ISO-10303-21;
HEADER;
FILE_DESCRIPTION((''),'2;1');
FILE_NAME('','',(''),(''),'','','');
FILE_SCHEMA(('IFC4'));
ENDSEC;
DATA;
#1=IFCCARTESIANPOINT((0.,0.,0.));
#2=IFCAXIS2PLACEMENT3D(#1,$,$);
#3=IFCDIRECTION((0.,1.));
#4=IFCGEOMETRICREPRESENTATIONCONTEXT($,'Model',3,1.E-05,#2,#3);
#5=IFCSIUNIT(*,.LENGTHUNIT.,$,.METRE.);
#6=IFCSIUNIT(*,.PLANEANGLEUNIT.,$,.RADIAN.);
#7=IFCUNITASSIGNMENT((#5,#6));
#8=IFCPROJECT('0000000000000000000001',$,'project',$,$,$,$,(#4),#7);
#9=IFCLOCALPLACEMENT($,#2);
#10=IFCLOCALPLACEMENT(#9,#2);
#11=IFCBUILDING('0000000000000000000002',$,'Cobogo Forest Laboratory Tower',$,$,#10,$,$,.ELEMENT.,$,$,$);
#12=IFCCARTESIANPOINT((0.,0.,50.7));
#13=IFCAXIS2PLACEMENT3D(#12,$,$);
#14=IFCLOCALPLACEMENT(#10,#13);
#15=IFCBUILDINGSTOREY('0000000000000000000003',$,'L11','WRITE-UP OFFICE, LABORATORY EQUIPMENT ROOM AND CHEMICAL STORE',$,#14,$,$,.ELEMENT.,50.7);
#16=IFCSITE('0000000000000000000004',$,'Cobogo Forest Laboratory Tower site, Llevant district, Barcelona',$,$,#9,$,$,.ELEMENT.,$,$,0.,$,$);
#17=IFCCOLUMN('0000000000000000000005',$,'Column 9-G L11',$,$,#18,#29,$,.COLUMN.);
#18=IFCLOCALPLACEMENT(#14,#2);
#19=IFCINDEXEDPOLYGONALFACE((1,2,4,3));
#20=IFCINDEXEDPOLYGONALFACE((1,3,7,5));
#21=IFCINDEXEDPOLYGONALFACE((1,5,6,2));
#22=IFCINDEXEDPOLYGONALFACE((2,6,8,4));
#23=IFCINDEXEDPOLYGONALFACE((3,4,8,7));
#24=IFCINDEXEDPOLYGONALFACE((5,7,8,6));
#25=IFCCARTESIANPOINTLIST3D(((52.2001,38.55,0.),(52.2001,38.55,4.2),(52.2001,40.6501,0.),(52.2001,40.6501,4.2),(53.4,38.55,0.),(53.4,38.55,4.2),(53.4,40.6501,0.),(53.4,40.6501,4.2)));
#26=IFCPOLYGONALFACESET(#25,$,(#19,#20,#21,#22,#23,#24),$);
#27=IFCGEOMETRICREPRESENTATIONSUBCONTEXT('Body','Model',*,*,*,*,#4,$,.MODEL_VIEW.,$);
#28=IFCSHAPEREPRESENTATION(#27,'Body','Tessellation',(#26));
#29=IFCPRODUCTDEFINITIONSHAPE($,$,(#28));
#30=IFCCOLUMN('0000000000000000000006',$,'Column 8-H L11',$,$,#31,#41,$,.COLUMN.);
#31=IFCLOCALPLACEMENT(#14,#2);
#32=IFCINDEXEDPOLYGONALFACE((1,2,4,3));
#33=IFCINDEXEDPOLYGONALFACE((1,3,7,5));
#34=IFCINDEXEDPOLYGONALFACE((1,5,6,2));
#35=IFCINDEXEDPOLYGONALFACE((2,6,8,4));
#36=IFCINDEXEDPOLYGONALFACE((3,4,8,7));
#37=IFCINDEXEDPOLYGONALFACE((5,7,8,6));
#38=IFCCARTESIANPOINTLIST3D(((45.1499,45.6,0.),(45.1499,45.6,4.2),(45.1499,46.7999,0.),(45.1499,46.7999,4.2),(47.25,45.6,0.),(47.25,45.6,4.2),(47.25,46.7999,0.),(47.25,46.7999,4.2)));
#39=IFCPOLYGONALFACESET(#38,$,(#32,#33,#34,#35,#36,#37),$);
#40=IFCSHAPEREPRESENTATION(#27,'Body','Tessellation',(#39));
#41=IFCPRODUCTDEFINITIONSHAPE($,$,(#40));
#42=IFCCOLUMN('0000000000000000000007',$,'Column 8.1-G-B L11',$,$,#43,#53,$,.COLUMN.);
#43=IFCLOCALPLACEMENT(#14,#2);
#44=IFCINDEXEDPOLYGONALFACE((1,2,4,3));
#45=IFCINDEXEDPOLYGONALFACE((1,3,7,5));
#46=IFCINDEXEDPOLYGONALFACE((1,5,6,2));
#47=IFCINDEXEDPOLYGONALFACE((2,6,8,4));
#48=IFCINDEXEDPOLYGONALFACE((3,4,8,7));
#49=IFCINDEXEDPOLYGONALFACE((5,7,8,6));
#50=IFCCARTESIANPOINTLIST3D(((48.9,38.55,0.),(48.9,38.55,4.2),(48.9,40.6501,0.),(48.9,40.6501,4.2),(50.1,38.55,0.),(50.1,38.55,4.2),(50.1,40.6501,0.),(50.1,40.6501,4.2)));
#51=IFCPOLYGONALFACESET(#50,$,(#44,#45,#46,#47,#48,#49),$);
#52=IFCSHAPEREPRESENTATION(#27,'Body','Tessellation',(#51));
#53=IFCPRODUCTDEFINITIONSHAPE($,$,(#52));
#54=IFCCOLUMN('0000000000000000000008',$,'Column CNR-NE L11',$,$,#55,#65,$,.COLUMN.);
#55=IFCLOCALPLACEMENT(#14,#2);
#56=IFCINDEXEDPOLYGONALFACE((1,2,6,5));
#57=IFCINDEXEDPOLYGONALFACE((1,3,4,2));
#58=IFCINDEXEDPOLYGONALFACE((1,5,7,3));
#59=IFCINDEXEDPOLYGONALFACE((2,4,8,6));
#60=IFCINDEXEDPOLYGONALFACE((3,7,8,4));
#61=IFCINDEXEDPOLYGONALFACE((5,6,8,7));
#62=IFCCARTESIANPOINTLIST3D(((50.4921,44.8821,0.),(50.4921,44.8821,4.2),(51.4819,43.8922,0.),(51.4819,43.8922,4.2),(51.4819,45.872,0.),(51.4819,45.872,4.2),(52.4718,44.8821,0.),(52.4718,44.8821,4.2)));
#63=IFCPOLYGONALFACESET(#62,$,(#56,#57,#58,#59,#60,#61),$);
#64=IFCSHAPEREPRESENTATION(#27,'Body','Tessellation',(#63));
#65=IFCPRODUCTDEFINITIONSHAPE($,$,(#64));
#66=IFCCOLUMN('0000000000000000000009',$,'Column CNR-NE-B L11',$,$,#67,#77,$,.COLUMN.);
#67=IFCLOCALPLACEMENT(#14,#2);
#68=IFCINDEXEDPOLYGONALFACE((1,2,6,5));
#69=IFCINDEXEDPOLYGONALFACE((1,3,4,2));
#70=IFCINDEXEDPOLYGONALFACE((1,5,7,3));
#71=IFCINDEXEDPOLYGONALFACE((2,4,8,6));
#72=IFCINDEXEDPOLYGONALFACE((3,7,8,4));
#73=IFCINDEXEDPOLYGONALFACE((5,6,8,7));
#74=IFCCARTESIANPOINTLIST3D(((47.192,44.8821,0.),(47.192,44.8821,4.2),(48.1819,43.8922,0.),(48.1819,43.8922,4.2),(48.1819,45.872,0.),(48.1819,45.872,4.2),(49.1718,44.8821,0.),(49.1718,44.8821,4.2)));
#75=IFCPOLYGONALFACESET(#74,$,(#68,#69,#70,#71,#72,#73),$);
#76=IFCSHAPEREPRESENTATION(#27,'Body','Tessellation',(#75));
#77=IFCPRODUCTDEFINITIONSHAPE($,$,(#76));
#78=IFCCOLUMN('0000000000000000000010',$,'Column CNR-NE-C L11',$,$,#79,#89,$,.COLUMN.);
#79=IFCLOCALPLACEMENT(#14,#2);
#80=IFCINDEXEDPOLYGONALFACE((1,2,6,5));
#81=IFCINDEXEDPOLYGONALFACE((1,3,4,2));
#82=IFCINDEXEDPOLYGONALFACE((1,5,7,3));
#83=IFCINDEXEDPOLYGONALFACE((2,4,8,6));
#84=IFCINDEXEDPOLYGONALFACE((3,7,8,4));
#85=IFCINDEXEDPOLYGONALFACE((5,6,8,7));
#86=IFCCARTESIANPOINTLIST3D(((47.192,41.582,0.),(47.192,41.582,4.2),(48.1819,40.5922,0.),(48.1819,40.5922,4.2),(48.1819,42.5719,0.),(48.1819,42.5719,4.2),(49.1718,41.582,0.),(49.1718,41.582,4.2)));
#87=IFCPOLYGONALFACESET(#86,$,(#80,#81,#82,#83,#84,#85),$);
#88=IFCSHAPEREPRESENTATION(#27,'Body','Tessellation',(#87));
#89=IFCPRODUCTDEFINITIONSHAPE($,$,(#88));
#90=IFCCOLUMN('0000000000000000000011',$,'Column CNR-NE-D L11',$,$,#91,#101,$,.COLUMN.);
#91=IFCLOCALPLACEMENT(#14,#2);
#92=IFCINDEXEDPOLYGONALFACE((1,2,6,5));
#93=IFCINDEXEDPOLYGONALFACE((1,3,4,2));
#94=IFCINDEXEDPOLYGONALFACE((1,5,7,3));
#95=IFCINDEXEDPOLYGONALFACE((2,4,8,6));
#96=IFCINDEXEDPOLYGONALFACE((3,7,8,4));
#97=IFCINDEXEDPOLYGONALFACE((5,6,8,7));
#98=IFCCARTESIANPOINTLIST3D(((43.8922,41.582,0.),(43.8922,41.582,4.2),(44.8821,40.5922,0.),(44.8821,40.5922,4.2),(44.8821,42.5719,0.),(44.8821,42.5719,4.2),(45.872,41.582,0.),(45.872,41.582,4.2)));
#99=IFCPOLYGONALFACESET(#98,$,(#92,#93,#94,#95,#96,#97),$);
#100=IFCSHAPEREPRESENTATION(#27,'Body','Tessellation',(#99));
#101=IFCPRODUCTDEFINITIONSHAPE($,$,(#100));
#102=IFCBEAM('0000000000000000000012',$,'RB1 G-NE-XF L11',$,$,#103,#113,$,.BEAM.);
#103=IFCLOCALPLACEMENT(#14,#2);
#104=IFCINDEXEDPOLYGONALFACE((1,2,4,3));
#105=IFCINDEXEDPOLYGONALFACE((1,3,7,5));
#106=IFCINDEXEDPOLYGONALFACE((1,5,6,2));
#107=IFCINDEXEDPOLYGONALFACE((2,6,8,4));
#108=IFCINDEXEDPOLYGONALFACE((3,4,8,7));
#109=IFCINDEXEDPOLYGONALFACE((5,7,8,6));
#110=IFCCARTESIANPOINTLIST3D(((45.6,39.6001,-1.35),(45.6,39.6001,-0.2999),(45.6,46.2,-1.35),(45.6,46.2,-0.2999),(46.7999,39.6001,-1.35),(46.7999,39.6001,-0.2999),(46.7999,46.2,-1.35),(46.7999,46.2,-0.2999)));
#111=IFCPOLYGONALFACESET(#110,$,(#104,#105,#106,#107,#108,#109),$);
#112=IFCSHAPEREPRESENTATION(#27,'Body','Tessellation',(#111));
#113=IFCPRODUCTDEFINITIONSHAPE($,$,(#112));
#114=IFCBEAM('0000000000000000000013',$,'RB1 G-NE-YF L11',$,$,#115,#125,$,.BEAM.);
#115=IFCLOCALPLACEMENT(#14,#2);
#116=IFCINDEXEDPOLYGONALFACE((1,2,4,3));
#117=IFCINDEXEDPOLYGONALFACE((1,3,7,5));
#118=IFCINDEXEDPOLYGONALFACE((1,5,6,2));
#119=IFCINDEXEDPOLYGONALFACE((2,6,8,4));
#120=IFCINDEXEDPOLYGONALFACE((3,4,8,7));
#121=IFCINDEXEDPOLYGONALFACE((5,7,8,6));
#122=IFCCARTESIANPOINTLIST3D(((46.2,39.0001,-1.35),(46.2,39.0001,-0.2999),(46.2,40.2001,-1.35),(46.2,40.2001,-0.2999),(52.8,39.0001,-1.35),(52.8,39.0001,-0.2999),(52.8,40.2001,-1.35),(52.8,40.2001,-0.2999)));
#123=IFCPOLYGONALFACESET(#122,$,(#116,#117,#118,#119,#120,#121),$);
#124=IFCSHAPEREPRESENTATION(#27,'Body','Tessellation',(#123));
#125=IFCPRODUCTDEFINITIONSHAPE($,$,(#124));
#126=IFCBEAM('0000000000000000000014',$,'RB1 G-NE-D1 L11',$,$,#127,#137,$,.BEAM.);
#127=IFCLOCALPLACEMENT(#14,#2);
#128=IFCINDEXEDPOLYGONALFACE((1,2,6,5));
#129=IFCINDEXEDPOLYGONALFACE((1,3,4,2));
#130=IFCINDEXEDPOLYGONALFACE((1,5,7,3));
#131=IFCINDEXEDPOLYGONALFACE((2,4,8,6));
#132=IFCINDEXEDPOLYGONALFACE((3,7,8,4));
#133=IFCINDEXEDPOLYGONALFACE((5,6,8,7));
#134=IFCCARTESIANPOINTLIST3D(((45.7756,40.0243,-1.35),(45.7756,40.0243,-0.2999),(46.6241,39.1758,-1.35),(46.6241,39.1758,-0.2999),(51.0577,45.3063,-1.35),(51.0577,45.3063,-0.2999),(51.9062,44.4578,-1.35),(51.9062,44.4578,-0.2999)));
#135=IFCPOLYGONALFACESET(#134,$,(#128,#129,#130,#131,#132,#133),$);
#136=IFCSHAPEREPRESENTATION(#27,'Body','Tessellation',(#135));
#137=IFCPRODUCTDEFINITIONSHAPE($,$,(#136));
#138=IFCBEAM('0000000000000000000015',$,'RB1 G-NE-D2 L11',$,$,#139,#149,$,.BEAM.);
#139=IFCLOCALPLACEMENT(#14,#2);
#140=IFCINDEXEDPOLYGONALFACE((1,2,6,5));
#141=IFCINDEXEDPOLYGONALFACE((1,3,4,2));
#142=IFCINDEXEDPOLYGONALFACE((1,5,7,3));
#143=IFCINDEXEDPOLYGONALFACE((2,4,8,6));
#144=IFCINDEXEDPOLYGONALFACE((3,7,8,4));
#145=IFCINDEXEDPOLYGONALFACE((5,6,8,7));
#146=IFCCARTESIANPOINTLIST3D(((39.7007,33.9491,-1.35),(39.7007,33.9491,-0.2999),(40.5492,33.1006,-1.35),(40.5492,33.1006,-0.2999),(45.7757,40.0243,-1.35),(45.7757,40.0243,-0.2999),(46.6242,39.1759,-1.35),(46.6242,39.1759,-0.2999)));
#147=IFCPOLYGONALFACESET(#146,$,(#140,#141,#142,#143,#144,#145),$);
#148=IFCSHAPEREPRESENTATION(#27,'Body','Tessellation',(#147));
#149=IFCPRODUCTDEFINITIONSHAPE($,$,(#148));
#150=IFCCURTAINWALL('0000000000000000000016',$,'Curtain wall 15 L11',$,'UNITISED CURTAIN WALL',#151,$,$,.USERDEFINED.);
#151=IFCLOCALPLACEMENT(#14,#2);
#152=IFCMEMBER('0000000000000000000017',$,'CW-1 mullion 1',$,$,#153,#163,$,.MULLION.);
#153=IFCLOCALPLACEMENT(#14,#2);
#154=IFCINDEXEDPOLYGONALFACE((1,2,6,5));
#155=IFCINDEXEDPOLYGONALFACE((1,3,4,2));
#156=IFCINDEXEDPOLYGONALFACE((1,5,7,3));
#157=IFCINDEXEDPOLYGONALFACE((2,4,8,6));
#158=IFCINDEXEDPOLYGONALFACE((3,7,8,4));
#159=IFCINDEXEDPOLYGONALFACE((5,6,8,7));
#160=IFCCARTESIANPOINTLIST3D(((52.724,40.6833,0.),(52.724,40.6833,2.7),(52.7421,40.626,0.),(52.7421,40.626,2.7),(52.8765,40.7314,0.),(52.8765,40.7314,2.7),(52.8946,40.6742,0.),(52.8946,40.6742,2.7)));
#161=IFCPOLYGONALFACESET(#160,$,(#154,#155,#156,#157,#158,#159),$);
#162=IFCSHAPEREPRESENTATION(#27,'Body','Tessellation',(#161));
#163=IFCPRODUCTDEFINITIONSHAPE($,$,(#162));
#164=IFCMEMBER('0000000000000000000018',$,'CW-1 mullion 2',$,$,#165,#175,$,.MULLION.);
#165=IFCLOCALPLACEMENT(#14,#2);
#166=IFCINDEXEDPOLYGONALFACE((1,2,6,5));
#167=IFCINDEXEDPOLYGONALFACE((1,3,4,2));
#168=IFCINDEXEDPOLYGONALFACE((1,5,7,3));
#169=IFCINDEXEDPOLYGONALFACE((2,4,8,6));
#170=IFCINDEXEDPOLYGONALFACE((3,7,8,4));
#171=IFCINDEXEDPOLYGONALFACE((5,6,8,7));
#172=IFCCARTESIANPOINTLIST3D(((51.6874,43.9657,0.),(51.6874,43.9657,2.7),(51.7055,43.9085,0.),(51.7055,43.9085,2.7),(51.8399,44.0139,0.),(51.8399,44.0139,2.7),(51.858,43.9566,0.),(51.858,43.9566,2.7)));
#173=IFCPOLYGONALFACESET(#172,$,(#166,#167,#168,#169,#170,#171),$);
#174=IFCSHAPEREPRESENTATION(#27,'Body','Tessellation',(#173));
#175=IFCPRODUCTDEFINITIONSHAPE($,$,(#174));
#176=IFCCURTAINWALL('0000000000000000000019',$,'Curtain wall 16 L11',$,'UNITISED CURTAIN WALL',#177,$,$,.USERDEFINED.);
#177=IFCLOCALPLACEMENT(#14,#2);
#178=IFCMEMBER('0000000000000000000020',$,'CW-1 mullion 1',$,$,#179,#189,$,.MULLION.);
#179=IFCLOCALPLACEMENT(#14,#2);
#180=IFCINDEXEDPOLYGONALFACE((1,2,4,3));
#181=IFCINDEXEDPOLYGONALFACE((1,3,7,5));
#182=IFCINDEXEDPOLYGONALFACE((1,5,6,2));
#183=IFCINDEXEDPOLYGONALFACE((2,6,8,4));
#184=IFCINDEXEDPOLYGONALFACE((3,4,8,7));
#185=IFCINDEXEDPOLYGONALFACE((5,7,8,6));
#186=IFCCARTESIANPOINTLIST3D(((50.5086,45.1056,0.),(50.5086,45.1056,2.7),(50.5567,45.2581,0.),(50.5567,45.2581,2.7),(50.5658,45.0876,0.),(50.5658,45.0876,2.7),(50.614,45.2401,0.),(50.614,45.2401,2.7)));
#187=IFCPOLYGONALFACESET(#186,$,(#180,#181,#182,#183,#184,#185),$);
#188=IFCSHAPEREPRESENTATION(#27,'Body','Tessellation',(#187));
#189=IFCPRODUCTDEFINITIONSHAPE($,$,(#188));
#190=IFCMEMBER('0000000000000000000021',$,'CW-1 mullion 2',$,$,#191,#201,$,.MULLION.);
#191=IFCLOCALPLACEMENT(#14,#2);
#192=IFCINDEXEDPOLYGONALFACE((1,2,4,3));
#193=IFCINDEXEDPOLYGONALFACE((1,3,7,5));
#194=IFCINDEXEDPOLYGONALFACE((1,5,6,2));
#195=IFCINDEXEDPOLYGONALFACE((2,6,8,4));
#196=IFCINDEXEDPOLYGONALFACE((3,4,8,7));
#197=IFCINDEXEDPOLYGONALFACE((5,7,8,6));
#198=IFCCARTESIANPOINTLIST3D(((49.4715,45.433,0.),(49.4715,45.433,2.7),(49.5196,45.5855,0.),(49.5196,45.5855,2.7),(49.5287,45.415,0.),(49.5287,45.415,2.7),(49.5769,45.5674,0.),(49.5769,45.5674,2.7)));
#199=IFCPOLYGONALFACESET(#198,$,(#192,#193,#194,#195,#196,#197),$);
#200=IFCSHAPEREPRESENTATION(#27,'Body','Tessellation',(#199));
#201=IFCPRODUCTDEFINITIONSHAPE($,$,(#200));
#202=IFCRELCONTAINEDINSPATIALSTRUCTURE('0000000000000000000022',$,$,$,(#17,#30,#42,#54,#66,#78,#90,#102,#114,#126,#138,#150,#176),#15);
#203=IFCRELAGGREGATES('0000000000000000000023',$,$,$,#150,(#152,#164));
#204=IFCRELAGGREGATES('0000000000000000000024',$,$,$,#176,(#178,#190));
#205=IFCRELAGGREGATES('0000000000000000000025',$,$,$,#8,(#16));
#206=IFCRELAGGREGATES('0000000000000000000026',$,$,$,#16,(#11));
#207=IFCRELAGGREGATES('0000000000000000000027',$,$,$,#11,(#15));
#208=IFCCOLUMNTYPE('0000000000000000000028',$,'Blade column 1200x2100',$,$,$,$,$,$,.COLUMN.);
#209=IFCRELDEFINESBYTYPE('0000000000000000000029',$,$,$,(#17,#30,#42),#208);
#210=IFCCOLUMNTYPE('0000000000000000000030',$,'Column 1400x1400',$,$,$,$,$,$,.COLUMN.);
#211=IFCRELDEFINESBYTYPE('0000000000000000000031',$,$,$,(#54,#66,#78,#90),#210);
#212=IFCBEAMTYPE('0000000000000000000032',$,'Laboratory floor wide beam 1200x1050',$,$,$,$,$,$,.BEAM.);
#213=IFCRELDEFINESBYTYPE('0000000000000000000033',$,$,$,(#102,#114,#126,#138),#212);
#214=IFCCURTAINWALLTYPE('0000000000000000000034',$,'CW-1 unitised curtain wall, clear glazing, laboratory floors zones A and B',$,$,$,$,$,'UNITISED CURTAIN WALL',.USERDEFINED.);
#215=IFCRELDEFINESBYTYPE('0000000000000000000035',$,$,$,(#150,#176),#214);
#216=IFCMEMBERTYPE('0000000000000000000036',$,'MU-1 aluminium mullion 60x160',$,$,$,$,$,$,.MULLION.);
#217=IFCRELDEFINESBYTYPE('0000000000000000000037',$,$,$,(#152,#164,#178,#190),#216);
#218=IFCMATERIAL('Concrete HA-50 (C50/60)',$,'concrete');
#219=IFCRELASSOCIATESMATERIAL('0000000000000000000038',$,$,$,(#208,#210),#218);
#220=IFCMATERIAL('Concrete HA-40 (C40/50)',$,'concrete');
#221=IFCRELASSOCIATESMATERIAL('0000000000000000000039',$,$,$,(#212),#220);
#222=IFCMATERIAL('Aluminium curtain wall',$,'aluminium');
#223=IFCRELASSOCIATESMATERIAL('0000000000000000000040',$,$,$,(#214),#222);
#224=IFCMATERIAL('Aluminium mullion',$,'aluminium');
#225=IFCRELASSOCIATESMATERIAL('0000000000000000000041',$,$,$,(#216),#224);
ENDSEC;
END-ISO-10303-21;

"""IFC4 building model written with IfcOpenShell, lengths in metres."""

from ifc_helpers import new_model, si_unit, direction, frame, origin, origin_2d, place, context, subcontext, project, spatial, rectangle, extrude, material, material_profile, profile_set, type_object, element, aggregate, save


model = new_model("IFC4")

# Units and contexts
model_context = context("Model", 3, precision=1e-05, world=origin(), true_north=direction((0.0, 1.0)))
body_context = subcontext(model_context, "Body", "Model", "MODEL_VIEW")
ifc_project = project(units=[si_unit("LENGTHUNIT", "METRE"), si_unit("PLANEANGLEUNIT", "RADIAN")], contexts=[model_context])

# Site, building, storey
site_placement = place(None, origin())
site = spatial("IfcSite", under=ifc_project, at=site_placement, Name="Cobogo Forest Laboratory Tower site, Llevant district, Barcelona", CompositionType="ELEMENT", RefElevation=0.0)
building_placement = place(site_placement, origin())
building = spatial("IfcBuilding", under=site, at=building_placement, Name="Cobogo Forest Laboratory Tower", CompositionType="ELEMENT")
storey_placement = place(building_placement, frame((0.0, 0.0, 50.7)))
storey = spatial("IfcBuildingStorey", under=building, at=storey_placement, Name="L11", Description="WRITE-UP OFFICE, LABORATORY EQUIPMENT ROOM AND CHEMICAL STORE", CompositionType="ELEMENT", Elevation=50.7)

# Columns
ifc_material_1 = material(Name="Concrete HA-50 (C50/60)", Category="concrete")
ifc_material_profile_1 = material_profile(ifc_material_1, rectangle(XDim=2.1001, YDim=1.2, at=origin_2d()), Name="RC 1200x2100")
ifc_profile_set_1 = profile_set([ifc_material_profile_1], Name="Concrete HA-50 (C50/60)")
column_type_1 = type_object("IfcColumnType", Name="Blade column 1200x2100", PredefinedType="COLUMN", material=ifc_profile_set_1)
for number, where, z_axis, x_axis, name in (
    (1, (52.8, 39.6001, 0.0), (0.0, 0.0, 1.0), (0.0, 1.0, 0.0), "Column 9-G L11"),
    (2, (46.2, 46.2, 0.0), (0.0, 0.0, 1.0), (1.0, 0.0, 0.0), "Column 8-H L11"),
    (3, (49.5, 39.6001, 0.0), (0.0, 0.0, 1.0), (0.0, 1.0, 0.0), "Column 8.1-G-B L11"),
):
    element("IfcColumn", number, at=place(storey_placement, frame(where, z_axis=z_axis, x_axis=x_axis)), inside=storey, type_object=column_type_1, Name=name, PredefinedType="COLUMN", context=body_context, shape_type="SweptSolid", body=[
        extrude(rectangle(XDim=2.1001, YDim=1.2, at=origin_2d()), origin(), (0.0, 0.0, 1.0), 4.2),
    ])
ifc_material_profile_2 = material_profile(ifc_material_1, rectangle(XDim=1.3999, YDim=1.3999, at=origin_2d()), Name="RC 1400x1400")
ifc_profile_set_2 = profile_set([ifc_material_profile_2], Name="Concrete HA-50 (C50/60)")
column_type_2 = type_object("IfcColumnType", Name="Column 1400x1400", PredefinedType="COLUMN", material=ifc_profile_set_2)
for number, where, z_axis, x_axis, name in (
    (4, (51.4819, 44.8821, 0.0), (0.0, 0.0, 1.0), (0.707107, 0.707107, 0.0), "Column CNR-NE L11"),
    (5, (48.1819, 44.8821, 0.0), (0.0, 0.0, 1.0), (0.707107, 0.707107, 0.0), "Column CNR-NE-B L11"),
    (6, (48.1819, 41.582, 0.0), (0.0, 0.0, 1.0), (0.707107, 0.707107, 0.0), "Column CNR-NE-C L11"),
    (7, (44.8821, 41.582, 0.0), (0.0, 0.0, 1.0), (0.707107, 0.707107, 0.0), "Column CNR-NE-D L11"),
):
    element("IfcColumn", number, at=place(storey_placement, frame(where, z_axis=z_axis, x_axis=x_axis)), inside=storey, type_object=column_type_2, Name=name, PredefinedType="COLUMN", context=body_context, shape_type="SweptSolid", body=[
        extrude(rectangle(XDim=1.3999, YDim=1.3999, at=origin_2d()), origin(), (0.0, 0.0, 1.0), 4.2),
    ])

# Beams
ifc_material_2 = material(Name="Concrete HA-40 (C40/50)", Category="concrete")
ifc_material_profile_3 = material_profile(ifc_material_2, rectangle(XDim=1.2, YDim=1.05, at=origin_2d()), Name="RC 1200x1050")
ifc_profile_set_3 = profile_set([ifc_material_profile_3], Name="Concrete HA-40 (C40/50)")
beam_type_1 = type_object("IfcBeamType", Name="Laboratory floor wide beam 1200x1050", PredefinedType="BEAM", material=ifc_profile_set_3)
beam_1_placement = place(storey_placement, frame((46.2, 46.2, -0.825), z_axis=(0.0, -1.0, 0.0), x_axis=(1.0, 0.0, 0.0)))
element("IfcBeam", 8, at=beam_1_placement, inside=storey, type_object=beam_type_1, Name="RB1 G-NE-XF L11", PredefinedType="BEAM", context=body_context, shape_type="SweptSolid", body=[
    extrude(rectangle(XDim=1.2, YDim=1.05, at=origin_2d()), origin(), (0.0, 0.0, 1.0), 6.5999),
])
beam_2_placement = place(storey_placement, frame((52.8, 39.6001, -0.825), z_axis=(-1.0, 0.0, 0.0), x_axis=(0.0, -1.0, 0.0)))
element("IfcBeam", 9, at=beam_2_placement, inside=storey, type_object=beam_type_1, Name="RB1 G-NE-YF L11", PredefinedType="BEAM", context=body_context, shape_type="SweptSolid", body=[
    extrude(rectangle(XDim=1.2, YDim=1.05, at=origin_2d()), origin(), (0.0, 0.0, 1.0), 6.6001),
])
beam_3_placement = place(storey_placement, frame((51.4819, 44.8821, -0.825), z_axis=(-0.707107, -0.707107, 0.0), x_axis=(0.707107, -0.707107, 0.0)))
element("IfcBeam", 10, at=beam_3_placement, inside=storey, type_object=beam_type_1, Name="RB1 G-NE-D1 L11", PredefinedType="BEAM", context=body_context, shape_type="SweptSolid", body=[
    extrude(rectangle(XDim=1.2, YDim=1.05, at=origin_2d()), origin(), (0.0, 0.0, 1.0), 7.47),
])
beam_4_placement = place(storey_placement, frame((46.2, 39.6001, -0.825), z_axis=(-0.707093, -0.707121, 0.0), x_axis=(0.707121, -0.707093, 0.0)))
element("IfcBeam", 11, at=beam_4_placement, inside=storey, type_object=beam_type_1, Name="RB1 G-NE-D2 L11", PredefinedType="BEAM", context=body_context, shape_type="SweptSolid", body=[
    extrude(rectangle(XDim=1.2, YDim=1.05, at=origin_2d()), origin(), (0.0, 0.0, 1.0), 8.5916),
])

# Curtain walls, members
ifc_material_3 = material(Name="Aluminium curtain wall", Category="aluminium")
curtain_wall_type = type_object("IfcCurtainWallType", Name="CW-1 unitised curtain wall, clear glazing, laboratory floors zones A and B", ElementType="UNITISED CURTAIN WALL", PredefinedType="USERDEFINED", material=ifc_material_3)
curtain_wall_1_placement = place(storey_placement, origin())
curtain_wall_1 = element("IfcCurtainWall", 12, at=curtain_wall_1_placement, inside=storey, type_object=curtain_wall_type, Name="Curtain wall 15 L11", ObjectType="UNITISED CURTAIN WALL", PredefinedType="USERDEFINED")
ifc_material_4 = material(Name="Aluminium mullion", Category="aluminium")
ifc_material_profile_4 = material_profile(ifc_material_4, rectangle(XDim=0.0601, YDim=0.1599, at=origin_2d()), Name="AL 60x160")
ifc_profile_set_4 = profile_set([ifc_material_profile_4], Name="Aluminium mullion")
member_type_1 = type_object("IfcMemberType", Name="MU-1 aluminium mullion 60x160", PredefinedType="MULLION", material=ifc_profile_set_4)
member_1_placement = place(storey_placement, frame((52.8093, 40.6787, 0.0), z_axis=(0.0, 0.0, 1.0), x_axis=(-0.301135, 0.953581, 0.0)))
member_1 = element("IfcMember", 13, at=member_1_placement, type_object=member_type_1, Name="CW-1 mullion 1", PredefinedType="MULLION", context=body_context, shape_type="SweptSolid", body=[
    extrude(rectangle(XDim=0.0601, YDim=0.1599, at=origin_2d()), origin(), (0.0, 0.0, 1.0), 2.7),
])
member_2_placement = place(storey_placement, frame((51.7727, 43.9612, 0.0), z_axis=(0.0, 0.0, 1.0), x_axis=(-0.301135, 0.953581, 0.0)))
member_2 = element("IfcMember", 14, at=member_2_placement, type_object=member_type_1, Name="CW-1 mullion 2", PredefinedType="MULLION", context=body_context, shape_type="SweptSolid", body=[
    extrude(rectangle(XDim=0.0601, YDim=0.1599, at=origin_2d()), origin(), (0.0, 0.0, 1.0), 2.7),
])
curtain_wall_2_placement = place(storey_placement, origin())
curtain_wall_2 = element("IfcCurtainWall", 15, at=curtain_wall_2_placement, inside=storey, type_object=curtain_wall_type, Name="Curtain wall 16 L11", ObjectType="UNITISED CURTAIN WALL", PredefinedType="USERDEFINED")
member_3_placement = place(storey_placement, frame((50.5613, 45.1729, 0.0), z_axis=(0.0, 0.0, 1.0), x_axis=(-0.953581, 0.301135, 0.0)))
member_3 = element("IfcMember", 16, at=member_3_placement, type_object=member_type_1, Name="CW-1 mullion 1", PredefinedType="MULLION", context=body_context, shape_type="SweptSolid", body=[
    extrude(rectangle(XDim=0.0601, YDim=0.1599, at=origin_2d()), origin(), (0.0, 0.0, 1.0), 2.7),
])
member_4_placement = place(storey_placement, frame((49.5242, 45.5002, 0.0), z_axis=(0.0, 0.0, 1.0), x_axis=(-0.953581, 0.301135, 0.0)))
member_4 = element("IfcMember", 17, at=member_4_placement, type_object=member_type_1, Name="CW-1 mullion 2", PredefinedType="MULLION", context=body_context, shape_type="SweptSolid", body=[
    extrude(rectangle(XDim=0.0601, YDim=0.1599, at=origin_2d()), origin(), (0.0, 0.0, 1.0), 2.7),
])

aggregate(curtain_wall_1, [member_1, member_2])
aggregate(curtain_wall_2, [member_3, member_4])

save(model, "model.ifc")
